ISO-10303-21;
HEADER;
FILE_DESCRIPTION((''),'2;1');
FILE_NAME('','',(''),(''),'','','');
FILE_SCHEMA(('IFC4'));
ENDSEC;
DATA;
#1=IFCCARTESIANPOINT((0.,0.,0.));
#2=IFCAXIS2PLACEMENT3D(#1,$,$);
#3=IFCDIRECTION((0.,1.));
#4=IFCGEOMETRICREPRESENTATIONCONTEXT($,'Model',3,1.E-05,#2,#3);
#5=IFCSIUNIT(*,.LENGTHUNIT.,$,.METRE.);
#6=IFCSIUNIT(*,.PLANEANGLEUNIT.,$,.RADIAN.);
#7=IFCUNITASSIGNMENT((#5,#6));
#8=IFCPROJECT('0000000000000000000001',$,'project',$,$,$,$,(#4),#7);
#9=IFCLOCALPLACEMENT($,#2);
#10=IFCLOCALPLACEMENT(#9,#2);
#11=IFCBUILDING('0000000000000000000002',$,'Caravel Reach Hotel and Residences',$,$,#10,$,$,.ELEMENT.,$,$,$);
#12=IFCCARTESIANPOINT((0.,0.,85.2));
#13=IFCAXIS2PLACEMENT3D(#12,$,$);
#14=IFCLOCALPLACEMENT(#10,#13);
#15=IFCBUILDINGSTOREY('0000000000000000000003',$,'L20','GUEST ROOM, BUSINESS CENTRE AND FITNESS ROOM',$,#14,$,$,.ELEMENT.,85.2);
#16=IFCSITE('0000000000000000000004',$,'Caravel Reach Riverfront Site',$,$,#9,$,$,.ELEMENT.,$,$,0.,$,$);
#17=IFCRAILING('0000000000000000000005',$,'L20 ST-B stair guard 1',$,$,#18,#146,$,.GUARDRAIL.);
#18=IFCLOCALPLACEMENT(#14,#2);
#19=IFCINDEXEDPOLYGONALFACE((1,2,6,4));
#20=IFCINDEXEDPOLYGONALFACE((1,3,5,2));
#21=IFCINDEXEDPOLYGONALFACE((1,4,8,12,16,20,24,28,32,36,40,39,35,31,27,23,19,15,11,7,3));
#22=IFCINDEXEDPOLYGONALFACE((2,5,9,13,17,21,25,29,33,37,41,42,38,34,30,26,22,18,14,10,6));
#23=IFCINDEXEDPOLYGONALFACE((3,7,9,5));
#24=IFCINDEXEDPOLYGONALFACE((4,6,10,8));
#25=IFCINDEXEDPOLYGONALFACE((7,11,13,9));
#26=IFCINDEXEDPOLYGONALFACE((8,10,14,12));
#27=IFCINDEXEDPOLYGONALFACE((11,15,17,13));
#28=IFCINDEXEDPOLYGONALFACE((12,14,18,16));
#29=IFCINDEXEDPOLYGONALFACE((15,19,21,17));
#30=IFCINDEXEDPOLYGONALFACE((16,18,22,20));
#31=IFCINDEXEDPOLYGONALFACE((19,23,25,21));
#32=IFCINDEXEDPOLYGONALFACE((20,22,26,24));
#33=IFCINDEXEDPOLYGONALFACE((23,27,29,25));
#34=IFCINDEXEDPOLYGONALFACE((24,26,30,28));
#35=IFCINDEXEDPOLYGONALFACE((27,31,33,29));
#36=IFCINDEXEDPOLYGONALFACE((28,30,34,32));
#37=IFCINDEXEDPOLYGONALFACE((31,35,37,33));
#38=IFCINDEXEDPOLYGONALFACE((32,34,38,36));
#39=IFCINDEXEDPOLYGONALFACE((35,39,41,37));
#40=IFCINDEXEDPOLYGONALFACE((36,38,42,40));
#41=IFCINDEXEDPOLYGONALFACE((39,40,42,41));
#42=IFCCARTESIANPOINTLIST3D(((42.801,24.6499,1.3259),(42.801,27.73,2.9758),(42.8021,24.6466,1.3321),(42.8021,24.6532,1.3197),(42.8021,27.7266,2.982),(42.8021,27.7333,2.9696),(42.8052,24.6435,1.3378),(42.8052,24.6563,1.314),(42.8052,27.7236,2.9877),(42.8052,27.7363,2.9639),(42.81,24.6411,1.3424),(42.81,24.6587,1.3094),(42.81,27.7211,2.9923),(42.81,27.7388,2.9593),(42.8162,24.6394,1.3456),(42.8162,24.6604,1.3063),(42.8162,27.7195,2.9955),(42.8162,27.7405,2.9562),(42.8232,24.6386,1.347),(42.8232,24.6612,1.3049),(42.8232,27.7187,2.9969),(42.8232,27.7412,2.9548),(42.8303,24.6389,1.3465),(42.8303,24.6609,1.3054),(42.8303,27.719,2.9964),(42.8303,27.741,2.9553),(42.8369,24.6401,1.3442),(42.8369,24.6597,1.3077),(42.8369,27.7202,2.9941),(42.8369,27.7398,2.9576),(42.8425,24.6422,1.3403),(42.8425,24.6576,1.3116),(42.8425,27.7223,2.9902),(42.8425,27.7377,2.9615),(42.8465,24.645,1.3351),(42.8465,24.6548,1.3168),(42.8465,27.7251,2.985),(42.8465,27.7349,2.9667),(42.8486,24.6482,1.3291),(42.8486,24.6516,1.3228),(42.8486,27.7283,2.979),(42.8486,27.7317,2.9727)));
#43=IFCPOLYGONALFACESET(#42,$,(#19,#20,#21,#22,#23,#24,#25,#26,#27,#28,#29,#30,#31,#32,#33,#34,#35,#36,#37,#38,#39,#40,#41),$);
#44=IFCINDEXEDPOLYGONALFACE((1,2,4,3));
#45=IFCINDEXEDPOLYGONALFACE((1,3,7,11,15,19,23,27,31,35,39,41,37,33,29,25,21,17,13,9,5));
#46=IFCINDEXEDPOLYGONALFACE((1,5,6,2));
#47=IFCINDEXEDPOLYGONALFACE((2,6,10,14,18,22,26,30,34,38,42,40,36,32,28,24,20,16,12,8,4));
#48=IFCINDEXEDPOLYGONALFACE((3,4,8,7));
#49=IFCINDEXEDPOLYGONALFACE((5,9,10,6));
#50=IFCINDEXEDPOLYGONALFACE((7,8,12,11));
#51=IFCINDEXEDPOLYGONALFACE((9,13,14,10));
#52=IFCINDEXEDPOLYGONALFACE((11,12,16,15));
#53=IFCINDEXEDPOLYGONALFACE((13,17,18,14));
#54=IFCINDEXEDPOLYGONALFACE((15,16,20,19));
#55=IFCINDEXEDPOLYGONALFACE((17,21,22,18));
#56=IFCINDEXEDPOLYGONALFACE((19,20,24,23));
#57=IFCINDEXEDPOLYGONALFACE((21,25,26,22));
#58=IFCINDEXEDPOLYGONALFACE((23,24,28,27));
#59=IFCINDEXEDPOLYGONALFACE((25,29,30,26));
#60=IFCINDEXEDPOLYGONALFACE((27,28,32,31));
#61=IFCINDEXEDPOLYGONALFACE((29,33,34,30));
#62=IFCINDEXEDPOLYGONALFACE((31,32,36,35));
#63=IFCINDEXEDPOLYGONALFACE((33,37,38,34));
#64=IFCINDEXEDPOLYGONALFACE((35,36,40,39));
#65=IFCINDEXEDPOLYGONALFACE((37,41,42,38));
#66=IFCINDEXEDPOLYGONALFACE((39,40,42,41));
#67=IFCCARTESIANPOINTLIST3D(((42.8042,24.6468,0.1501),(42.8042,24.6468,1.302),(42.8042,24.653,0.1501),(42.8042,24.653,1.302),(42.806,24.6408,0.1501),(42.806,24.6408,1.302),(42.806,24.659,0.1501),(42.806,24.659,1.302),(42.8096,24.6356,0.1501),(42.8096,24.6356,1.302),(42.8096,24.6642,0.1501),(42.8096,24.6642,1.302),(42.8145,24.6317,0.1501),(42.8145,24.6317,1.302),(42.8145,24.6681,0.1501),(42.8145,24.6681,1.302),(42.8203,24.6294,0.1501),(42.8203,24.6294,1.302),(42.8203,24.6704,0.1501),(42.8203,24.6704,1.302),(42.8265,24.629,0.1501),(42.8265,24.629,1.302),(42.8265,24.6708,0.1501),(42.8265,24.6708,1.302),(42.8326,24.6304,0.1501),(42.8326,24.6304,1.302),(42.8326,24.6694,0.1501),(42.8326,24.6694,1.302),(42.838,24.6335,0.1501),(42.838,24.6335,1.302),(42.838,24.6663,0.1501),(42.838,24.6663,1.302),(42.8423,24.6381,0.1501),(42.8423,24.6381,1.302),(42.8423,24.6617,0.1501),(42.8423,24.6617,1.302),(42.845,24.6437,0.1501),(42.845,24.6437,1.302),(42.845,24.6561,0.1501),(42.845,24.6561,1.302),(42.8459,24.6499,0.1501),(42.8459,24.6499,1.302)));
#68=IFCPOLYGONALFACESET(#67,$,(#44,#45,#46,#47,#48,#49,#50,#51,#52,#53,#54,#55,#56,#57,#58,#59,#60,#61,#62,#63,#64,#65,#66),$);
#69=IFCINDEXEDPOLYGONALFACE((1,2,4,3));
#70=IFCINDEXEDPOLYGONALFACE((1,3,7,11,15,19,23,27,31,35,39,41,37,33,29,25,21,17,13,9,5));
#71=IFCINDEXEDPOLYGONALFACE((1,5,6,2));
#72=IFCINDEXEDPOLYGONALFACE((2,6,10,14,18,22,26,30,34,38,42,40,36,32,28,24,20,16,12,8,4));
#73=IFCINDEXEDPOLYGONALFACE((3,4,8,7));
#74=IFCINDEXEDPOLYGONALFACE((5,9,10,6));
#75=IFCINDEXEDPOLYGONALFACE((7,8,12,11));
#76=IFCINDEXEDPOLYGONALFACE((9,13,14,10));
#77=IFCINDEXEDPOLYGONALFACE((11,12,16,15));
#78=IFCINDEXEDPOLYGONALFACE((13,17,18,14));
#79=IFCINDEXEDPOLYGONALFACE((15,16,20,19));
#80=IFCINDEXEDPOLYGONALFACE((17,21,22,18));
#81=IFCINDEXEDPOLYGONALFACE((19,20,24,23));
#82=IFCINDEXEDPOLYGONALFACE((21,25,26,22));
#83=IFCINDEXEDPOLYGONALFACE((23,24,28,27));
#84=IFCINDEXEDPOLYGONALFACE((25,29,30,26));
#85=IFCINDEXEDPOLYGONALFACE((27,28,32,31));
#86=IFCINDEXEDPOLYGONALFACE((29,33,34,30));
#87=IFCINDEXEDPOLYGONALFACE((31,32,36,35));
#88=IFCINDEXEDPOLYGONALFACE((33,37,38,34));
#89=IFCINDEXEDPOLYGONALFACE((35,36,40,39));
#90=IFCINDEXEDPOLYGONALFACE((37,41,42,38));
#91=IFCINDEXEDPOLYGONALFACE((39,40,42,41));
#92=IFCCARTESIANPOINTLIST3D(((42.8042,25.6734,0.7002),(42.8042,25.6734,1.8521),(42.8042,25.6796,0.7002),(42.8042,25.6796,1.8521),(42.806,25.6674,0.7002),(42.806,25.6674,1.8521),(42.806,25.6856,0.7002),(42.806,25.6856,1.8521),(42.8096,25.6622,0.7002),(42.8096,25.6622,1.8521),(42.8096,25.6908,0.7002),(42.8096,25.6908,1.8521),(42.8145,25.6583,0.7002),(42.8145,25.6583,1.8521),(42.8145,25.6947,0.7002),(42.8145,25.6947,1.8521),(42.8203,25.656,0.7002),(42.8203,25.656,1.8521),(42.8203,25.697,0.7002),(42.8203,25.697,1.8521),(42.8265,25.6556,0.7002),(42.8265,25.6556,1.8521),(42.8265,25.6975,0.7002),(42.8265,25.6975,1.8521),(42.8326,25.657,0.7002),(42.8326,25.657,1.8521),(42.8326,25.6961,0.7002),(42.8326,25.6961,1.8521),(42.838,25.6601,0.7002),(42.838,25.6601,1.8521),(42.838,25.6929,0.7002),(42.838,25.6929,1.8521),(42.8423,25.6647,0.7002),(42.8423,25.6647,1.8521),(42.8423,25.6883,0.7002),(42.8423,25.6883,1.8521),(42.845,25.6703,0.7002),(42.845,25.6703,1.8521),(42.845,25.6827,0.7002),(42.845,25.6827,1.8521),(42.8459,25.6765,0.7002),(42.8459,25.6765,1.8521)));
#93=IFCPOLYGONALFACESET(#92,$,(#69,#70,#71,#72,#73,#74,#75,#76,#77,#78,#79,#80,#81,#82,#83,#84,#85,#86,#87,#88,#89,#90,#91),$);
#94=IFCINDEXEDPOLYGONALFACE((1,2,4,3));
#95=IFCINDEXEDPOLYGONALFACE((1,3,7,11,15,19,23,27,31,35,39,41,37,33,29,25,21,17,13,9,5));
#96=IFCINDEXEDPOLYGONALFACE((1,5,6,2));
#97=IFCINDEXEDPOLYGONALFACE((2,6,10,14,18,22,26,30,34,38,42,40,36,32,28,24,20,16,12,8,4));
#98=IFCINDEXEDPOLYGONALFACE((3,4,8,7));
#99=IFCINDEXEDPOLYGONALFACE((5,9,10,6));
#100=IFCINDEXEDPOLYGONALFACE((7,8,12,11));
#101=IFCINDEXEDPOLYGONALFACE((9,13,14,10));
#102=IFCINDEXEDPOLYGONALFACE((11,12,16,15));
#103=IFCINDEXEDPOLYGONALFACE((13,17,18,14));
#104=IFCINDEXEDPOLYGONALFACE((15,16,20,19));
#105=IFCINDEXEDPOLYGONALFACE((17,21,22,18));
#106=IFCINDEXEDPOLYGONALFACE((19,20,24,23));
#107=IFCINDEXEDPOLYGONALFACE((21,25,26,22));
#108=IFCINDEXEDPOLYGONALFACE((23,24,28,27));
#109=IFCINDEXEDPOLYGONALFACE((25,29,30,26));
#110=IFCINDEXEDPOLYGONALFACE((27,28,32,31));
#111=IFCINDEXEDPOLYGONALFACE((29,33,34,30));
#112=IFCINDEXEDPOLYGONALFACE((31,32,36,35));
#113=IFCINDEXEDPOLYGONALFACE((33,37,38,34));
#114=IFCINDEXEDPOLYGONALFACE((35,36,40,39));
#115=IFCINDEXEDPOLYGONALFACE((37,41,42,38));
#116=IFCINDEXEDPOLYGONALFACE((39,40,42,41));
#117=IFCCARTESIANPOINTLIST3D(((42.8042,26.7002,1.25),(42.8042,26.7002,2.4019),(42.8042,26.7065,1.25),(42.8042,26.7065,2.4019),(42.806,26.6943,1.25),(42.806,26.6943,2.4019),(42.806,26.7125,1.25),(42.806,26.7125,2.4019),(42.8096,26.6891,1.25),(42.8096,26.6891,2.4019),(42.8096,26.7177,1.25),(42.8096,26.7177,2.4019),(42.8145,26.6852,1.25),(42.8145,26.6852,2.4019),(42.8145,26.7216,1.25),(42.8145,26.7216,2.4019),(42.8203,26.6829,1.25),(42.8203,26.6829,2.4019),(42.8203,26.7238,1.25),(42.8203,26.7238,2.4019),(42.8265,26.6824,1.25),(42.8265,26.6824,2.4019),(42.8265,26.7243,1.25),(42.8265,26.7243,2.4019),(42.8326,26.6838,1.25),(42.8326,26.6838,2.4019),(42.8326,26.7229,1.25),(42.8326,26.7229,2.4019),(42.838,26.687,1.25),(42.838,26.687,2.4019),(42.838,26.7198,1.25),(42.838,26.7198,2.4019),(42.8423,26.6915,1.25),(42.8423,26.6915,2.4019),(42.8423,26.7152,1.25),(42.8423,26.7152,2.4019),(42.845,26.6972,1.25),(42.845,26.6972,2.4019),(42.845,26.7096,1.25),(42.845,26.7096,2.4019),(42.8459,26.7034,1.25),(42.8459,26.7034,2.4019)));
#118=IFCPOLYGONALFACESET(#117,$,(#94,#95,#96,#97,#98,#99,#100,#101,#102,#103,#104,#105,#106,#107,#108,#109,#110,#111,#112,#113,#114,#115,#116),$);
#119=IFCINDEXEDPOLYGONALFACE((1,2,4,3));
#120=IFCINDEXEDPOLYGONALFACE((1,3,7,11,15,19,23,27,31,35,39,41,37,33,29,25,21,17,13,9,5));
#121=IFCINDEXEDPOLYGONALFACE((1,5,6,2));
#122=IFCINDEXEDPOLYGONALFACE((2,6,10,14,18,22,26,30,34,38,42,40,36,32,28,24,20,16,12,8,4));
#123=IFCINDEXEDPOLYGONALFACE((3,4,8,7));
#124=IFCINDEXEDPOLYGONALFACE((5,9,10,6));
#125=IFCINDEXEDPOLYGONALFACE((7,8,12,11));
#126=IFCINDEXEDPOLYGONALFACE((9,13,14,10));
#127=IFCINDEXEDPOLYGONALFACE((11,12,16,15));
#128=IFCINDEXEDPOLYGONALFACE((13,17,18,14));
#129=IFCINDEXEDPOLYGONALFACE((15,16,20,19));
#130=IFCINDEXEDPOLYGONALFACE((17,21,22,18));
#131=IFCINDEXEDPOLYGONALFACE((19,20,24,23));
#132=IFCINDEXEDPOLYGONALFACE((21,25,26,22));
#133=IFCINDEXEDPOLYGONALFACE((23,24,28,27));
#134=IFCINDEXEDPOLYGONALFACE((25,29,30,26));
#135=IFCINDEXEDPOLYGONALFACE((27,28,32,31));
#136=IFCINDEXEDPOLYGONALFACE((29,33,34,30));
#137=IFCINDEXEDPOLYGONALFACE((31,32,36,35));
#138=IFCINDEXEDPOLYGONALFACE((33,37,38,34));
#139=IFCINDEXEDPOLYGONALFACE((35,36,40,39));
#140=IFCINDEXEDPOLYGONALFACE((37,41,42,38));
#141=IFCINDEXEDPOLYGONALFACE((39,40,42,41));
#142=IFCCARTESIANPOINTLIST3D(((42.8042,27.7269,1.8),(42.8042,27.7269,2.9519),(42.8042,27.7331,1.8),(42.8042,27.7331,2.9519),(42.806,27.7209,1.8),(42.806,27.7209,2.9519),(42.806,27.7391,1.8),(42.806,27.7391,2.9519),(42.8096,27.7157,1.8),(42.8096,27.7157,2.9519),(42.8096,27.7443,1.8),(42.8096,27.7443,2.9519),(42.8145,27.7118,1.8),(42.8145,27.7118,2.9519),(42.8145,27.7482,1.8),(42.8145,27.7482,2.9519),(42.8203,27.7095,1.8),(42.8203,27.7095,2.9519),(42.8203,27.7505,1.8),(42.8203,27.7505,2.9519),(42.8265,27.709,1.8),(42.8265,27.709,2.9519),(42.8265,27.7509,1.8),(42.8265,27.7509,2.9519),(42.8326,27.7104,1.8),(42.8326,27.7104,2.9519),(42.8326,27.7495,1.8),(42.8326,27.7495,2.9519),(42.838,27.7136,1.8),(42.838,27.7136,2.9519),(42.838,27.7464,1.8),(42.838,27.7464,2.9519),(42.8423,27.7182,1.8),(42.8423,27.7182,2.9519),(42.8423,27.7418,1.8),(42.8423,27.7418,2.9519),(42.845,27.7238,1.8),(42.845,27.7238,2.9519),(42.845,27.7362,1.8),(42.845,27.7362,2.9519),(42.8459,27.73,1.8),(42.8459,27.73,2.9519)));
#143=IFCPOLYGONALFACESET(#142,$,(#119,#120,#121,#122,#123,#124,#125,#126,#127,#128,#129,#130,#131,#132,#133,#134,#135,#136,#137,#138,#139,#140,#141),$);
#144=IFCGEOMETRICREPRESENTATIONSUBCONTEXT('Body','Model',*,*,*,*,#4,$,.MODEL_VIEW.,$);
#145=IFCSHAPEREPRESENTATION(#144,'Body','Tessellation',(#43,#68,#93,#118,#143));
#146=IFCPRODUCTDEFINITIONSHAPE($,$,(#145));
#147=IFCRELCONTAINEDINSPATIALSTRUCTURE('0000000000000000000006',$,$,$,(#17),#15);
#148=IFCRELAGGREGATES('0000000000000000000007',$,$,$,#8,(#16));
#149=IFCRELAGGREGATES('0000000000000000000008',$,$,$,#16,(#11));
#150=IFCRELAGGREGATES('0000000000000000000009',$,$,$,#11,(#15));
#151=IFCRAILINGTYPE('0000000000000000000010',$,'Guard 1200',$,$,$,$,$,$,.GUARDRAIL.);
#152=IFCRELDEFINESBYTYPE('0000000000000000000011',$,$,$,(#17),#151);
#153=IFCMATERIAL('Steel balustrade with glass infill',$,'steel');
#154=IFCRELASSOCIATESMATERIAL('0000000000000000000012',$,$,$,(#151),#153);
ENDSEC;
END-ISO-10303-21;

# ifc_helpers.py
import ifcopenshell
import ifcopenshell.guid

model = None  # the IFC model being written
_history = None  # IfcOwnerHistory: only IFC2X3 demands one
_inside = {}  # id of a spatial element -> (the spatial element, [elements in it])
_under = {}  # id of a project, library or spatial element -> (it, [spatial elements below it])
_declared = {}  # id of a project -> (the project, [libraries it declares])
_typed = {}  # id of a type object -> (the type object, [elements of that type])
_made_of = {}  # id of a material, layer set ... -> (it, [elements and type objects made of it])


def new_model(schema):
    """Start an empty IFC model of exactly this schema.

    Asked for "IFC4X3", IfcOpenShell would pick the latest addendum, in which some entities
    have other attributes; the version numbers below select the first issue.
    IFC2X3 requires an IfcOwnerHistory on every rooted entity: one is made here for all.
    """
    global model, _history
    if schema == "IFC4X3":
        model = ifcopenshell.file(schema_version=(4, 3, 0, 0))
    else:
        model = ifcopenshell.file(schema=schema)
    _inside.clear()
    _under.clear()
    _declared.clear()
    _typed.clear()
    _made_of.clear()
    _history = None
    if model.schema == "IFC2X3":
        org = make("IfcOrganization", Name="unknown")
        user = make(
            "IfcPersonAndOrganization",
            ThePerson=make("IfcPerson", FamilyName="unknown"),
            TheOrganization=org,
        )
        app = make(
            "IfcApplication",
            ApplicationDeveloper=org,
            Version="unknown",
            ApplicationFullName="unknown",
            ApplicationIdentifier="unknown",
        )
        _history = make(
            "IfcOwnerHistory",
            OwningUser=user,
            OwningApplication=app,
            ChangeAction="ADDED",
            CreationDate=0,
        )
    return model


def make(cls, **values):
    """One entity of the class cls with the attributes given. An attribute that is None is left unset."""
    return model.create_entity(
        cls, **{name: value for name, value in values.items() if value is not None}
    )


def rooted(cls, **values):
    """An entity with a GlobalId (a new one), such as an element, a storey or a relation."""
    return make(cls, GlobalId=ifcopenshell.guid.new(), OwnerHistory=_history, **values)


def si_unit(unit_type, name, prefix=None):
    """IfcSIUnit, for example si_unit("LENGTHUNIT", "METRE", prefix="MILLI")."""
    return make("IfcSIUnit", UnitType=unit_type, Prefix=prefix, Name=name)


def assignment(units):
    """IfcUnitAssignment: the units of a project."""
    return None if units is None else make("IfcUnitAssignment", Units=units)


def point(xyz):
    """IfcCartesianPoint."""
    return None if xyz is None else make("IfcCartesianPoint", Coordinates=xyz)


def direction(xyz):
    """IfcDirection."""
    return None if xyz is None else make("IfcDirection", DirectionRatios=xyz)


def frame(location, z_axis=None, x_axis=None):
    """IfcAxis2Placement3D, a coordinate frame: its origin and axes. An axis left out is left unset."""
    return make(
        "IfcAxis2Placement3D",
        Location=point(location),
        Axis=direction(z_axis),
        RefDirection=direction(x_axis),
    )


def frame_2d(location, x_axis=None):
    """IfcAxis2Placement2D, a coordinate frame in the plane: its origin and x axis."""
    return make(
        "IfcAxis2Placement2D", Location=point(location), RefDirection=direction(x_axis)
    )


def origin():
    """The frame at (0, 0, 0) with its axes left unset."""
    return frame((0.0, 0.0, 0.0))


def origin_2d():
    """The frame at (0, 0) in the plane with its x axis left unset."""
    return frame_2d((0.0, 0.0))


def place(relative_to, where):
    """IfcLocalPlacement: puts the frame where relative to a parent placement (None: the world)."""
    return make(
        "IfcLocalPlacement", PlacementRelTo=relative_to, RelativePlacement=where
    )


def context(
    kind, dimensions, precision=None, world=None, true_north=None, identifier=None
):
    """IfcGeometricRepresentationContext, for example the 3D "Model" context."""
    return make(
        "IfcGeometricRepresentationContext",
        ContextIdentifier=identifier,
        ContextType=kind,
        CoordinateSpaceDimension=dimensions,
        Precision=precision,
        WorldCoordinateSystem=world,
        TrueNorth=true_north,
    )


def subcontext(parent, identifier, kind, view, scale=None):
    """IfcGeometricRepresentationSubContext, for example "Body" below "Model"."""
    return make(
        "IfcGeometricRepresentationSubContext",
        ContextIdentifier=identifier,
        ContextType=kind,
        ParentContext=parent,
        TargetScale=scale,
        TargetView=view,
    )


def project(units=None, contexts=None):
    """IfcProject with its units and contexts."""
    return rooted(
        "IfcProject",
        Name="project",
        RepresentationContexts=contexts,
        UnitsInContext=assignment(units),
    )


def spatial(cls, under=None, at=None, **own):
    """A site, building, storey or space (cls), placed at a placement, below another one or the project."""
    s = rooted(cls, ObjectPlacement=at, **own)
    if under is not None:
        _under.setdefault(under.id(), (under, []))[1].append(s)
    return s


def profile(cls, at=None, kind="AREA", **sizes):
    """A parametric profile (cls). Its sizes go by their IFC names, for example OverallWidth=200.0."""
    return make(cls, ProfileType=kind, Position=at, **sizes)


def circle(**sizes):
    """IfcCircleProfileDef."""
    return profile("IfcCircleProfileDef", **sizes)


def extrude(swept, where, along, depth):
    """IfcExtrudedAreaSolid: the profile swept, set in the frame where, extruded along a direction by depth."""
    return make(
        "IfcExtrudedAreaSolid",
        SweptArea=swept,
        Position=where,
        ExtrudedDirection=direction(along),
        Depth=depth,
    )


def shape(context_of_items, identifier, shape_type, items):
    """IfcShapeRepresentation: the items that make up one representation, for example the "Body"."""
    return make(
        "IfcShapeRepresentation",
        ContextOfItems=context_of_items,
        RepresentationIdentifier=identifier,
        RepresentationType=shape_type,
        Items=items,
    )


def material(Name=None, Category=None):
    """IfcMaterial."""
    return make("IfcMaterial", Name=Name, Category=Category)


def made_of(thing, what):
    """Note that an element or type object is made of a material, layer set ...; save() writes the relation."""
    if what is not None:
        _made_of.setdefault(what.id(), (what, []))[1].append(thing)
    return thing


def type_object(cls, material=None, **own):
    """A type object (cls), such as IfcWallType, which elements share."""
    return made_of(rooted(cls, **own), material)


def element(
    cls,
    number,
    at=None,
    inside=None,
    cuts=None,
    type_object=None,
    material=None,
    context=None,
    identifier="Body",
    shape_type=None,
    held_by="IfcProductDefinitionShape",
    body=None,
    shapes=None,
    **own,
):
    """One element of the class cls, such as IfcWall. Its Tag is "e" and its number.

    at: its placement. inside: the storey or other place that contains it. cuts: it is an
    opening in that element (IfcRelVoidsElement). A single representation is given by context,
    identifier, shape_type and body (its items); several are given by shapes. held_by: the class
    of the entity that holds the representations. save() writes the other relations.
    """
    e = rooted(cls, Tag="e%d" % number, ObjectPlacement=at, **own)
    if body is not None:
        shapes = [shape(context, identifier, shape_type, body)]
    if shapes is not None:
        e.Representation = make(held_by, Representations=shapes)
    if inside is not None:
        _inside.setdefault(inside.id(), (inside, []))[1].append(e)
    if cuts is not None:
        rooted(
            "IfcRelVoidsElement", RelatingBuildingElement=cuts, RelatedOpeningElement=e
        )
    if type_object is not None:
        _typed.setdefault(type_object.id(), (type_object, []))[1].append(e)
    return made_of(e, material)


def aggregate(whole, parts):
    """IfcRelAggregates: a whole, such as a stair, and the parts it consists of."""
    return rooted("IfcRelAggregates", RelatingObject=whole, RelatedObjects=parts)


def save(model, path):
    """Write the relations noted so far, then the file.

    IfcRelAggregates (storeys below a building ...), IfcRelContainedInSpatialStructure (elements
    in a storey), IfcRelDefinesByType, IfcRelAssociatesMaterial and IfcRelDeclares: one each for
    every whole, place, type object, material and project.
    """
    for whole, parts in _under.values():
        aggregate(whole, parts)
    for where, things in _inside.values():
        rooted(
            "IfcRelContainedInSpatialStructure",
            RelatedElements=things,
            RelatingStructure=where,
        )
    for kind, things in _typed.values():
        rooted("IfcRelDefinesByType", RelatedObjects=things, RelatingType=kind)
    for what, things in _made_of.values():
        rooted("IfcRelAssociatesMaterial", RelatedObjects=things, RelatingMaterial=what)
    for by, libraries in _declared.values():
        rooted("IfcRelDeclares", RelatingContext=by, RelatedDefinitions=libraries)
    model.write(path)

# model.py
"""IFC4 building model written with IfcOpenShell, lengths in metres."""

from ifc_helpers import new_model, si_unit, direction, frame, origin, origin_2d, place, context, subcontext, project, spatial, circle, extrude, material, type_object, element, save


model = new_model("IFC4")

# Units and contexts
model_context = context("Model", 3, precision=1e-05, world=origin(), true_north=direction((0.0, 1.0)))
body_context = subcontext(model_context, "Body", "Model", "MODEL_VIEW")
ifc_project = project(units=[si_unit("LENGTHUNIT", "METRE"), si_unit("PLANEANGLEUNIT", "RADIAN")], contexts=[model_context])

# Site, building, storey
site_placement = place(None, origin())
site = spatial("IfcSite", under=ifc_project, at=site_placement, Name="Caravel Reach Riverfront Site", CompositionType="ELEMENT", RefElevation=0.0)
building_placement = place(site_placement, origin())
building = spatial("IfcBuilding", under=site, at=building_placement, Name="Caravel Reach Hotel and Residences", CompositionType="ELEMENT")
storey_placement = place(building_placement, frame((0.0, 0.0, 85.2)))
storey = spatial("IfcBuildingStorey", under=building, at=storey_placement, Name="L20", Description="GUEST ROOM, BUSINESS CENTRE AND FITNESS ROOM", CompositionType="ELEMENT", Elevation=85.2)

# Railing
ifc_material_1 = material(Name="Steel balustrade with glass infill", Category="steel")
railing_type_1 = type_object("IfcRailingType", Name="Guard 1200", PredefinedType="GUARDRAIL", material=ifc_material_1)
railing_1_placement = place(storey_placement, frame((42.825, 24.6499, 0.1501)))
element("IfcRailing", 1, at=railing_1_placement, inside=storey, type_object=railing_type_1, Name="L20 ST-B stair guard 1", PredefinedType="GUARDRAIL", context=body_context, shape_type="SweptSolid", body=[
    extrude(circle(Radius=0.0239, at=origin_2d()), frame((0.0, 0.0, 1.1758), z_axis=(0.0, 0.881497, 0.47219), x_axis=(-1.0, 0.0, 0.0)), (0.0, 0.0, 1.0), 3.4941),
    extrude(circle(Radius=0.021, at=origin_2d()), origin(), (0.0, 0.0, 1.0), 1.1519),
    extrude(circle(Radius=0.021, at=origin_2d()), frame((0.0, 1.0266, 0.55)), (0.0, 0.0, 1.0), 1.1519),
    extrude(circle(Radius=0.021, at=origin_2d()), frame((0.0, 2.0535, 1.0999)), (0.0, 0.0, 1.0), 1.1519),
    extrude(circle(Radius=0.021, at=origin_2d()), frame((0.0, 3.0801, 1.6499)), (0.0, 0.0, 1.0), 1.1519),
])

save(model, "model.ifc")
